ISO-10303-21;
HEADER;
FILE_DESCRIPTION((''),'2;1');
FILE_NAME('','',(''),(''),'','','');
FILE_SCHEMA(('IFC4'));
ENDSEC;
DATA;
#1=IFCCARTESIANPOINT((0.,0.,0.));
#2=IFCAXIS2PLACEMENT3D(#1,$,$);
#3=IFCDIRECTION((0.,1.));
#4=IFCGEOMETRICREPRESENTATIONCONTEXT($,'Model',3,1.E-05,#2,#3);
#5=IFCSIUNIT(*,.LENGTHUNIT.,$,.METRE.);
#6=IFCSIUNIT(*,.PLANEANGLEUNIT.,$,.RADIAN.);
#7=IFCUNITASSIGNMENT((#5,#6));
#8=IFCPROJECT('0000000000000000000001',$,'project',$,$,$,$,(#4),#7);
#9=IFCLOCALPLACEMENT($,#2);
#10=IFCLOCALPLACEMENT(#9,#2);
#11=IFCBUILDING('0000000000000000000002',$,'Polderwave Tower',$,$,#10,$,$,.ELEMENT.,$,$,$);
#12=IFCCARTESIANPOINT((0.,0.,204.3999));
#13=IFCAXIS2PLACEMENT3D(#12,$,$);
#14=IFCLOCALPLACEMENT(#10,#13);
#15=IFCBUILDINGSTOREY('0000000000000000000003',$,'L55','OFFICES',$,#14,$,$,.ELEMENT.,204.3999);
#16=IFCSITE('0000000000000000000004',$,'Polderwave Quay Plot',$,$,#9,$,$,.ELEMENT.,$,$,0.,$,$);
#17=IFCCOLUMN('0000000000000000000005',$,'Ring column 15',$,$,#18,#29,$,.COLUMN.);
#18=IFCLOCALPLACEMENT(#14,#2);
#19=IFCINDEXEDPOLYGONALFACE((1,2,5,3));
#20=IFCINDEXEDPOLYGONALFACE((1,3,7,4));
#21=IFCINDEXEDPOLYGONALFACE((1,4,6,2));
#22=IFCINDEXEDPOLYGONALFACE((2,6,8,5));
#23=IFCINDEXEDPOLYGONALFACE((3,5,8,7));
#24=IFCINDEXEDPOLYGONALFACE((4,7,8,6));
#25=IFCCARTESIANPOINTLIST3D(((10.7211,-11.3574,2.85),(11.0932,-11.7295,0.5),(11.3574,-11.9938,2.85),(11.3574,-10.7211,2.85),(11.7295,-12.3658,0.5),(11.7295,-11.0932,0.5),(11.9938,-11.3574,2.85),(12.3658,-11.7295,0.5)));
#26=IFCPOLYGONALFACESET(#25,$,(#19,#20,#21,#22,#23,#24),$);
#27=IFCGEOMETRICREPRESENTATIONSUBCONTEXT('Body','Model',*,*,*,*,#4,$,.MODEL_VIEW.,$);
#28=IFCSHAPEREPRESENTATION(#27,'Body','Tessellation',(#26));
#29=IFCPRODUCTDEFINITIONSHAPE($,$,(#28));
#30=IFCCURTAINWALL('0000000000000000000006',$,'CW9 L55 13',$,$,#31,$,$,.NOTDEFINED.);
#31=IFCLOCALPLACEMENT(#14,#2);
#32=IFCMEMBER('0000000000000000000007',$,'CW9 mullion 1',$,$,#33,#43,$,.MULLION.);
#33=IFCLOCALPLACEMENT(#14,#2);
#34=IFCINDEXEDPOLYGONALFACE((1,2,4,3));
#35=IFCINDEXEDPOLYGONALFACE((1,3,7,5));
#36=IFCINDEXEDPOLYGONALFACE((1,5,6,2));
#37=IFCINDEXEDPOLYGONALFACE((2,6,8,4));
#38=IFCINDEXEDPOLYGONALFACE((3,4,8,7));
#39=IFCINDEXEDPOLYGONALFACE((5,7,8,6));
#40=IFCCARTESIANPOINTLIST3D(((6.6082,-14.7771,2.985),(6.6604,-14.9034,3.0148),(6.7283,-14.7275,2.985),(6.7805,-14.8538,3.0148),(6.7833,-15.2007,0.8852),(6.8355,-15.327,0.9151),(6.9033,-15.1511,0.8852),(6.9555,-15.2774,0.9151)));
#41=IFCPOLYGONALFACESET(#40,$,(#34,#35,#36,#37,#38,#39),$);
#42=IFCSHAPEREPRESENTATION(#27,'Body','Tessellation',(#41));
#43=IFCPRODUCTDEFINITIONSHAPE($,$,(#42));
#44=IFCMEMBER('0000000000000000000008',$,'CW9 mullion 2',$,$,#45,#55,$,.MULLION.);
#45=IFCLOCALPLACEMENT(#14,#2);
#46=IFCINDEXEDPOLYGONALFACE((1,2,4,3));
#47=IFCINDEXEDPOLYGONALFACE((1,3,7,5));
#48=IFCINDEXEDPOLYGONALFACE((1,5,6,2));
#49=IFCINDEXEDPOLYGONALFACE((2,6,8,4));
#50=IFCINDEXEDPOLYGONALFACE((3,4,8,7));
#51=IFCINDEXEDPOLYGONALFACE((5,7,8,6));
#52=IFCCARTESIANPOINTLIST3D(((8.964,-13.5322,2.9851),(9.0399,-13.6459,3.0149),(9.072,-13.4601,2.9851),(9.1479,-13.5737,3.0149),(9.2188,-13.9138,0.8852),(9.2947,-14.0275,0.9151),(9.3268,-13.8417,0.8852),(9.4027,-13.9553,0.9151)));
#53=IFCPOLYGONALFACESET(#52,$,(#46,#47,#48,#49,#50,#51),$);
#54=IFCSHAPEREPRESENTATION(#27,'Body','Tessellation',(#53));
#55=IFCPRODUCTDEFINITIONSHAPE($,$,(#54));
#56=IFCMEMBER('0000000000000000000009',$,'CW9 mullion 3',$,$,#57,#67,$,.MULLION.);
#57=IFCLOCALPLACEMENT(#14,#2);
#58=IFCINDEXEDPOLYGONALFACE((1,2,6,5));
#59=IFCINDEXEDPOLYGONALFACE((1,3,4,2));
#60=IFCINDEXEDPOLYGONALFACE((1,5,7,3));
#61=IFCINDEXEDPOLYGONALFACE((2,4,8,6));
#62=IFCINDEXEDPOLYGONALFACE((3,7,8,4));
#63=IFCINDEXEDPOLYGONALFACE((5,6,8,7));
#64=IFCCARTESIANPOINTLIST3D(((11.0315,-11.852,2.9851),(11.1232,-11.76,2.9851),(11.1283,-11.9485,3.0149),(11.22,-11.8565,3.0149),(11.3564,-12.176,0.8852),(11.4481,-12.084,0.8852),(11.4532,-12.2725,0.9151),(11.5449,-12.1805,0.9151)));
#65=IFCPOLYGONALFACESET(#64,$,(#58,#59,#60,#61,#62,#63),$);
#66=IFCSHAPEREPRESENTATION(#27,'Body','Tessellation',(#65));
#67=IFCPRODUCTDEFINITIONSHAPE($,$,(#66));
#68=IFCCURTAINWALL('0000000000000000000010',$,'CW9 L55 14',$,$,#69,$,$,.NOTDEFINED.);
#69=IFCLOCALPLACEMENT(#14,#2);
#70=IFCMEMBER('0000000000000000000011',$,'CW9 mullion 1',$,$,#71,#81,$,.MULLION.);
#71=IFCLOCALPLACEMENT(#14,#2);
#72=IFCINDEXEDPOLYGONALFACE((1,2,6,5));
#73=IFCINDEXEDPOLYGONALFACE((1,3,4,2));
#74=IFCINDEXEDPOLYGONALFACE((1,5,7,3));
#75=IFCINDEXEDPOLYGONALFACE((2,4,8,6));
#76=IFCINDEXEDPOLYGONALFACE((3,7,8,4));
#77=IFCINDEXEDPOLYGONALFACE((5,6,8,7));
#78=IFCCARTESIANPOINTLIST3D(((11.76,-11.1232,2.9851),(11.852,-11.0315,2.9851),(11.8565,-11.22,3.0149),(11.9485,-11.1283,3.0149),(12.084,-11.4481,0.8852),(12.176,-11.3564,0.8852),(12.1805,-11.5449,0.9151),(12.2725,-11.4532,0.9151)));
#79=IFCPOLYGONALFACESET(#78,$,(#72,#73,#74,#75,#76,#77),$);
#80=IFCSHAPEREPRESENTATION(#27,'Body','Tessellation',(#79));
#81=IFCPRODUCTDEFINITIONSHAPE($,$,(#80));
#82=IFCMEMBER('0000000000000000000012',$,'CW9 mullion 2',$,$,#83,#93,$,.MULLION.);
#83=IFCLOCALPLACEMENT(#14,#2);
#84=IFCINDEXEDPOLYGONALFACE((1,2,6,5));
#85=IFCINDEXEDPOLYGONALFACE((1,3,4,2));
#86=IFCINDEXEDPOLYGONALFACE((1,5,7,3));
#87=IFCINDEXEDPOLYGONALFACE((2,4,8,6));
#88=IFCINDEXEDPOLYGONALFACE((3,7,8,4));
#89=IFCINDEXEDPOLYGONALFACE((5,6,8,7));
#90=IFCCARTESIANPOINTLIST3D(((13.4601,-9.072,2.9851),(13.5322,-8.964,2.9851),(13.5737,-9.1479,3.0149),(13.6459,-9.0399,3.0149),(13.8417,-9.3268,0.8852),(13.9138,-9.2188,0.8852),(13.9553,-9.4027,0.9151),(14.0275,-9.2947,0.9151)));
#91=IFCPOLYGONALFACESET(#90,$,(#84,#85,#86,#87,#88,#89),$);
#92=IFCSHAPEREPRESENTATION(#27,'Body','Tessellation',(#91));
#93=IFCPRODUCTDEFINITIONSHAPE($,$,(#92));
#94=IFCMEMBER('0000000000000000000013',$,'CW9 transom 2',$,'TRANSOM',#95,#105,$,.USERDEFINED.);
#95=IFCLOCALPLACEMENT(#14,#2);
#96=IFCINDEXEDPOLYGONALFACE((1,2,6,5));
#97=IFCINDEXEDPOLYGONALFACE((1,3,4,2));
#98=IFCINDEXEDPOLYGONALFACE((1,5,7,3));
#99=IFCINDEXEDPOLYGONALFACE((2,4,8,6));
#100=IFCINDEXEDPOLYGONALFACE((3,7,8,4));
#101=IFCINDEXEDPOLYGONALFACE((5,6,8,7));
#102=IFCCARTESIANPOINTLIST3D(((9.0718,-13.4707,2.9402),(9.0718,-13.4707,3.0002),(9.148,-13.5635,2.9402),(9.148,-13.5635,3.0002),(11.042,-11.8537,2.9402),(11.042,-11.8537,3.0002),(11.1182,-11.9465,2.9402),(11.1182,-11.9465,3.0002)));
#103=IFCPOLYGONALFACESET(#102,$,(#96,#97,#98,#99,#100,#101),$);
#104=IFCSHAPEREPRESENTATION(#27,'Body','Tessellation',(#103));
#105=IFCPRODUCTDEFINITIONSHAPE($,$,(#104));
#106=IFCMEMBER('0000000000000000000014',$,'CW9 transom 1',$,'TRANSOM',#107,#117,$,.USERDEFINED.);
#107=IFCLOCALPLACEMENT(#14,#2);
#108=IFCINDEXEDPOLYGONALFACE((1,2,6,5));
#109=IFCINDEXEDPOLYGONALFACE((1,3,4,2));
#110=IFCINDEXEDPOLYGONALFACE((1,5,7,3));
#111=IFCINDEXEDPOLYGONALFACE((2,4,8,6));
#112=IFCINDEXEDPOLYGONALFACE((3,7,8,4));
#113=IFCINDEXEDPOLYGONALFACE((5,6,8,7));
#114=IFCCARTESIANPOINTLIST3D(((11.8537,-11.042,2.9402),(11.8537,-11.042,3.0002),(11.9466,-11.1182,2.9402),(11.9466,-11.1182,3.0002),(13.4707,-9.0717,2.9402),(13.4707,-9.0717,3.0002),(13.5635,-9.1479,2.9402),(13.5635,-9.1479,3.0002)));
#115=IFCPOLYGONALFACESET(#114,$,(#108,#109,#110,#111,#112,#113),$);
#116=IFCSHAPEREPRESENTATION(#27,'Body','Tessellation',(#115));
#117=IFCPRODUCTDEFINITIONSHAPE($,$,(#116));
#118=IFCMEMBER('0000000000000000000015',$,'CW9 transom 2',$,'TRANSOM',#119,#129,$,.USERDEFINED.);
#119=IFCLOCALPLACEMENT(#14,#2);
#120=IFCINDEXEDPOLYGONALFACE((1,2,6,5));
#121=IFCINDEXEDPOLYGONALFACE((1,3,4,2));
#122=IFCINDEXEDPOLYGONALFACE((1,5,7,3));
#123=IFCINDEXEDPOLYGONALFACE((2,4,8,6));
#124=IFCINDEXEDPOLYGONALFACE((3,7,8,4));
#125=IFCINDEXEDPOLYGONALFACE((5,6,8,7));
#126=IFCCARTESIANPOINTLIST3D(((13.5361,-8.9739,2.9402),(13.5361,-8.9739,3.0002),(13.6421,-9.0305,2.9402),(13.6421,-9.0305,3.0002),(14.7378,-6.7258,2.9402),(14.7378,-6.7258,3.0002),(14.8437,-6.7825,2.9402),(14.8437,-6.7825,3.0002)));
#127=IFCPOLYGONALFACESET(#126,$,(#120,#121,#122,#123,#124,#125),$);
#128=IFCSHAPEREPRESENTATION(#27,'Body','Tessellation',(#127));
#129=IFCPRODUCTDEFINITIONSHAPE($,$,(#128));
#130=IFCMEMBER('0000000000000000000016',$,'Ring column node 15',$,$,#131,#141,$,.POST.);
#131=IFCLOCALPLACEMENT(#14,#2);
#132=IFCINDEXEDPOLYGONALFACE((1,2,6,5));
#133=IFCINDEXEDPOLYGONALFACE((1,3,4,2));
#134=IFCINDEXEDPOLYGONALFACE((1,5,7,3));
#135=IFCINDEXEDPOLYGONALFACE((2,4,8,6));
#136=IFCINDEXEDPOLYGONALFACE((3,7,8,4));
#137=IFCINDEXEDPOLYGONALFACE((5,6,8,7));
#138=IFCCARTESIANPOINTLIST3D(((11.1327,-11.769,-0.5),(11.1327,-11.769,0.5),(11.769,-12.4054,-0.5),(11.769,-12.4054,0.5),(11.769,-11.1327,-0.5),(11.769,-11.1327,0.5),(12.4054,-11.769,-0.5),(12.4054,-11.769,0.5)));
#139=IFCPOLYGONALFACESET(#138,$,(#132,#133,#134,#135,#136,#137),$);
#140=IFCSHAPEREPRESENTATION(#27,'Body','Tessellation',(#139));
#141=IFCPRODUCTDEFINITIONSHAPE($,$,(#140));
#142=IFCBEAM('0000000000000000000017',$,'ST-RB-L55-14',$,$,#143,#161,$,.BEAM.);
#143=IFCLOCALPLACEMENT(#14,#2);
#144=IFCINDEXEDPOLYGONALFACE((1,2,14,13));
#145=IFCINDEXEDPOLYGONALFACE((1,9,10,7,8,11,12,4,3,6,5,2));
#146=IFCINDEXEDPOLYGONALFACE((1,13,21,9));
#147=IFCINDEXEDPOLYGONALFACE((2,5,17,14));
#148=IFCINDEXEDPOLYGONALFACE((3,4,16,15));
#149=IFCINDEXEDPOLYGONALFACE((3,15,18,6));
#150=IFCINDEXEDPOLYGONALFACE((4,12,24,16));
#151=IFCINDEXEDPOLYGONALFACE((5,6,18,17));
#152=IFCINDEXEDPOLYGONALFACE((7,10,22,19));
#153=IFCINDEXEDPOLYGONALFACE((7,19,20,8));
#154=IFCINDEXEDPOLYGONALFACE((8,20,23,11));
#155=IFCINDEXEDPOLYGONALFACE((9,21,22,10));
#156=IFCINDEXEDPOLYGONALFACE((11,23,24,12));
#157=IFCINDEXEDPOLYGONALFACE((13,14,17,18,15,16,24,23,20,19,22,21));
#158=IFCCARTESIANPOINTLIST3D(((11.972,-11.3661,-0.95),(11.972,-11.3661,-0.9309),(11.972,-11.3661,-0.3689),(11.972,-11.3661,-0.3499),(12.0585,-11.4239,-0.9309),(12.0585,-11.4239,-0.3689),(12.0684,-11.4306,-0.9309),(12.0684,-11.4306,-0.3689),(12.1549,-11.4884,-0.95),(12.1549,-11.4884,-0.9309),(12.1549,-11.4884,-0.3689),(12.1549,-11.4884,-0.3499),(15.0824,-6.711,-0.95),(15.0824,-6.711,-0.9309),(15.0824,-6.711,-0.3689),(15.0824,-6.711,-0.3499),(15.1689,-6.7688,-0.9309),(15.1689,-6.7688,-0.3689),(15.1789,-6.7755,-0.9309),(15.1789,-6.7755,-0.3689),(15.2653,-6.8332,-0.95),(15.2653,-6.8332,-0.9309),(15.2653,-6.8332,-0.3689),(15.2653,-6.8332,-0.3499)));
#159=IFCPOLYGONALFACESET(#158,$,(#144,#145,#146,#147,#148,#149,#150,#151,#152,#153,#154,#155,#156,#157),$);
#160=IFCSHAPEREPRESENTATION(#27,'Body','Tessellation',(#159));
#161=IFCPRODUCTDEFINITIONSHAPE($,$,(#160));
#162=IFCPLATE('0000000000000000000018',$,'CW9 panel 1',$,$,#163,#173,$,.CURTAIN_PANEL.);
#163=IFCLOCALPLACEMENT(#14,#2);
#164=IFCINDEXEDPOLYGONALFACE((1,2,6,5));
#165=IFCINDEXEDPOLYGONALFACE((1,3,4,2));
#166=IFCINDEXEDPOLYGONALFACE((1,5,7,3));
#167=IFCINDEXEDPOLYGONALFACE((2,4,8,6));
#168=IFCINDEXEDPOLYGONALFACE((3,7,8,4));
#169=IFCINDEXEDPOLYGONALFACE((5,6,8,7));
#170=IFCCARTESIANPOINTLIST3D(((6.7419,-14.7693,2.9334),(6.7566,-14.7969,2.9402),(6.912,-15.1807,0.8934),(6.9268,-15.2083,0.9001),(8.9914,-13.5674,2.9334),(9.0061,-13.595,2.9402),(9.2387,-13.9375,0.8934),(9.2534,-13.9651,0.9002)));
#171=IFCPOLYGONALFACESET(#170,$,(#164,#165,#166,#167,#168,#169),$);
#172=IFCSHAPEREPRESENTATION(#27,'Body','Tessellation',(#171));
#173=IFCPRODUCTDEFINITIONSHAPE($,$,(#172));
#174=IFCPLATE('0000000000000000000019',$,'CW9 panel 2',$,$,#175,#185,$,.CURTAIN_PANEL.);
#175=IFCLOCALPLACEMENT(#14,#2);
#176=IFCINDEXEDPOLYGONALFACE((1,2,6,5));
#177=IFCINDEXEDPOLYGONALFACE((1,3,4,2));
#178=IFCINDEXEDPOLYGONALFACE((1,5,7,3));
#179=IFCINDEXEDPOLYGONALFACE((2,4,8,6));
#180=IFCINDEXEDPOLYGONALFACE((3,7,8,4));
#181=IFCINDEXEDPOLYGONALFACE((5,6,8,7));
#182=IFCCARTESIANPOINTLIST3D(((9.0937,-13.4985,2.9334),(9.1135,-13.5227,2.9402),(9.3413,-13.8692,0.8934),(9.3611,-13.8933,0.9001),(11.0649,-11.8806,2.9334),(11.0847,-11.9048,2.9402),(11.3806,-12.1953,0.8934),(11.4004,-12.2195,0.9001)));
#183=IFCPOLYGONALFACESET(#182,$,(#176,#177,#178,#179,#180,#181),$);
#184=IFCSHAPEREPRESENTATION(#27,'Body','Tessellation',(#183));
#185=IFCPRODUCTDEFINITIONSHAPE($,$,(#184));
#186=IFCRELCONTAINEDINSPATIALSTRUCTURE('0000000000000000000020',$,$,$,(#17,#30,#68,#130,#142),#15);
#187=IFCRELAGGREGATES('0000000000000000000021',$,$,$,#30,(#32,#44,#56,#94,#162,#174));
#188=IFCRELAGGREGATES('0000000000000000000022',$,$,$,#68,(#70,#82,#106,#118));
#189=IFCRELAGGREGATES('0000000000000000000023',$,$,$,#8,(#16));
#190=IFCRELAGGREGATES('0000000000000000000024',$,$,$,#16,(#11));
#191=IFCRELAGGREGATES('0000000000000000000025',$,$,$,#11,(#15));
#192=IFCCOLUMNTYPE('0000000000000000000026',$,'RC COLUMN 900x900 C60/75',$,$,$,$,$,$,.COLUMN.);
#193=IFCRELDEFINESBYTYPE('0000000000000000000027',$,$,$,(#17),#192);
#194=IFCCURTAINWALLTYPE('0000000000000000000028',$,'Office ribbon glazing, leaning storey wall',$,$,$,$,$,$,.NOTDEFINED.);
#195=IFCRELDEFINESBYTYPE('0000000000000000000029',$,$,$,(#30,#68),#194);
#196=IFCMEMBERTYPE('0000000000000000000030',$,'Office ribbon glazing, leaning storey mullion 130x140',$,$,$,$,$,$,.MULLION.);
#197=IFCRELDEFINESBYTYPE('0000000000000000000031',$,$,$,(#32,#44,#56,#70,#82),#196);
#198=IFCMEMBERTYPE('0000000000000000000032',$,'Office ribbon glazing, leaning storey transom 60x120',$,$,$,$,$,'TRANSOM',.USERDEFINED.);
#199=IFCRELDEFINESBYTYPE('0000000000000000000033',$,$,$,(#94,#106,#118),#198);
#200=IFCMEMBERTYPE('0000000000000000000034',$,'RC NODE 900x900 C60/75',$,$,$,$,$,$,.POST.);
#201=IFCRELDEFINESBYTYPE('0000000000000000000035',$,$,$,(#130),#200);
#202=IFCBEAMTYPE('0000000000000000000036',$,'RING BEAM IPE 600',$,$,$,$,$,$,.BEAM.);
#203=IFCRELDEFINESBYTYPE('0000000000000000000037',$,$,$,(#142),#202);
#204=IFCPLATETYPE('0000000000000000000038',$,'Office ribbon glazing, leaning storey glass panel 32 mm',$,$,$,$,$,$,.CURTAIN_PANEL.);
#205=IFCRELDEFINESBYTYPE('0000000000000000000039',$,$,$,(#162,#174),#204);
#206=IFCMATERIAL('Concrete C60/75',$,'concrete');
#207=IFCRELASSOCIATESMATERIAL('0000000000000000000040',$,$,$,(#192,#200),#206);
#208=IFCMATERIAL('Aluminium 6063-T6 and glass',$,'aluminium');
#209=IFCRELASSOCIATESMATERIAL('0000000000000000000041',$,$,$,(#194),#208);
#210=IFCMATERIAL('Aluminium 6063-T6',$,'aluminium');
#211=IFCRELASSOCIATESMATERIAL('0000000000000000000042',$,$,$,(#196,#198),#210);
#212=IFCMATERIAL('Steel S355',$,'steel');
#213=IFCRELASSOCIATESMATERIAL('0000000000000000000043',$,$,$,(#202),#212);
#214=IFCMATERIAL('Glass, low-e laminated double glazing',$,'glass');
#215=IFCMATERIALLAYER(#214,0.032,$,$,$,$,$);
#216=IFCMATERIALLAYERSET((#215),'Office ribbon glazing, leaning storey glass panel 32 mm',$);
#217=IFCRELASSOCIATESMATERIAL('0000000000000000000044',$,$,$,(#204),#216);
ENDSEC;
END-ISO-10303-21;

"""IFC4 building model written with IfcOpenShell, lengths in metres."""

from ifc_helpers import new_model, si_unit, direction, frame, origin, origin_2d, place, context, subcontext, project, spatial, polyline, rectangle, i_section, outline, extrude, material, layer, layer_set, material_profile, profile_set, type_object, element, aggregate, save


model = new_model("IFC4")

# Units and contexts
model_context = context("Model", 3, precision=1e-05, world=origin(), true_north=direction((0.0, 1.0)))
body_context = subcontext(model_context, "Body", "Model", "MODEL_VIEW")
ifc_project = project(units=[si_unit("LENGTHUNIT", "METRE"), si_unit("PLANEANGLEUNIT", "RADIAN")], contexts=[model_context])

# Site, building, storey
site_placement = place(None, origin())
site = spatial("IfcSite", under=ifc_project, at=site_placement, Name="Polderwave Quay Plot", CompositionType="ELEMENT", RefElevation=0.0)
building_placement = place(site_placement, origin())
building = spatial("IfcBuilding", under=site, at=building_placement, Name="Polderwave Tower", CompositionType="ELEMENT")
storey_placement = place(building_placement, frame((0.0, 0.0, 204.3999)))
storey = spatial("IfcBuildingStorey", under=building, at=storey_placement, Name="L55", Description="OFFICES", CompositionType="ELEMENT", Elevation=204.3999)

# Column
ifc_material_1 = material(Name="Concrete C60/75", Category="concrete")
ifc_material_profile_1 = material_profile(ifc_material_1, rectangle(XDim=0.8999, YDim=0.8999, at=origin_2d()), Name="RC 900x900")
ifc_profile_set_1 = profile_set([ifc_material_profile_1], Name="Concrete C60/75")
column_type = type_object("IfcColumnType", Name="RC COLUMN 900x900 C60/75", PredefinedType="COLUMN", material=ifc_profile_set_1)
column_placement = place(storey_placement, frame((11.7295, -11.7295, 0.5), z_axis=(0.0, 0.0, 1.0), x_axis=(-0.707107, -0.707107, 0.0)))
element("IfcColumn", 1, at=column_placement, inside=storey, type_object=column_type, Name="Ring column 15", PredefinedType="COLUMN", context=body_context, shape_type="SweptSolid", body=[
    extrude(rectangle(XDim=0.8999, YDim=0.8999, at=origin_2d()), origin(), (0.0, -0.21849, 0.975839), 2.4082),
])

# Curtain walls, members
ifc_material_2 = material(Name="Aluminium 6063-T6 and glass", Category="aluminium")
curtain_wall_type = type_object("IfcCurtainWallType", Name="Office ribbon glazing, leaning storey wall", PredefinedType="NOTDEFINED", material=ifc_material_2)
curtain_wall_1_placement = place(storey_placement, origin())
curtain_wall_1 = element("IfcCurtainWall", 2, at=curtain_wall_1_placement, inside=storey, type_object=curtain_wall_type, Name="CW9 L55 13", PredefinedType="NOTDEFINED")
ifc_material_3 = material(Name="Aluminium 6063-T6", Category="aluminium")
ifc_material_profile_2 = material_profile(ifc_material_3, rectangle(XDim=0.1299, YDim=0.1399, at=origin_2d()), Name="AL 130x140")
ifc_profile_set_2 = profile_set([ifc_material_profile_2], Name="Aluminium 6063-T6")
member_type_1 = type_object("IfcMemberType", Name="Office ribbon glazing, leaning storey mullion 130x140", PredefinedType="MULLION", material=ifc_profile_set_2)
member_1_placement = place(storey_placement, frame((6.8694, -15.239, 0.9001), z_axis=(-0.081445, 0.197081, 0.976998), x_axis=(-0.924192, -0.381928, 0.0)))
member_1 = element("IfcMember", 3, at=member_1_placement, type_object=member_type_1, Name="CW9 mullion 1", PredefinedType="MULLION", context=body_context, shape_type="SweptSolid", body=[
    extrude(rectangle(XDim=0.1299, YDim=0.1399, at=origin_2d()), origin(), (0.0, 0.0, 1.0), 2.1492),
])
member_2_placement = place(storey_placement, frame((9.3108, -13.9346, 0.9001), z_axis=(-0.118583, 0.177533, 0.976944), x_axis=(-0.831559, -0.555437, 0.0)))
member_2 = element("IfcMember", 4, at=member_2_placement, type_object=member_type_1, Name="CW9 mullion 2", PredefinedType="MULLION", context=body_context, shape_type="SweptSolid", body=[
    extrude(rectangle(XDim=0.1299, YDim=0.1399, at=origin_2d()), origin(), (0.0, 0.0, 1.0), 2.1494),
])
member_3_placement = place(storey_placement, frame((11.4507, -12.1782, 0.9001), z_axis=(-0.151182, 0.150728, 0.976947), x_axis=(-0.706042, -0.70817, 0.0)))
member_3 = element("IfcMember", 5, at=member_3_placement, type_object=member_type_1, Name="CW9 mullion 3", PredefinedType="MULLION", context=body_context, shape_type="SweptSolid", body=[
    extrude(rectangle(XDim=0.1299, YDim=0.1399, at=origin_2d()), origin(), (0.0, 0.0, 1.0), 2.1494),
])
curtain_wall_2_placement = place(storey_placement, origin())
curtain_wall_2 = element("IfcCurtainWall", 6, at=curtain_wall_2_placement, inside=storey, type_object=curtain_wall_type, Name="CW9 L55 14", PredefinedType="NOTDEFINED")
member_4_placement = place(storey_placement, frame((12.1782, -11.4507, 0.9001), z_axis=(-0.150728, 0.151182, 0.976947), x_axis=(-0.70817, -0.706042, 0.0)))
member_4 = element("IfcMember", 7, at=member_4_placement, type_object=member_type_1, Name="CW9 mullion 1", PredefinedType="MULLION", context=body_context, shape_type="SweptSolid", body=[
    extrude(rectangle(XDim=0.1299, YDim=0.1399, at=origin_2d()), origin(), (0.0, 0.0, 1.0), 2.1494),
])
member_5_placement = place(storey_placement, frame((13.9346, -9.3108, 0.9001), z_axis=(-0.177533, 0.118583, 0.976944), x_axis=(-0.555437, -0.831559, 0.0)))
member_5 = element("IfcMember", 8, at=member_5_placement, type_object=member_type_1, Name="CW9 mullion 2", PredefinedType="MULLION", context=body_context, shape_type="SweptSolid", body=[
    extrude(rectangle(XDim=0.1299, YDim=0.1399, at=origin_2d()), origin(), (0.0, 0.0, 1.0), 2.1494),
])

# Members
ifc_material_profile_3 = material_profile(ifc_material_3, rectangle(XDim=0.1201, YDim=0.0601, at=origin_2d()), Name="AL 60x120")
ifc_profile_set_3 = profile_set([ifc_material_profile_3], Name="Aluminium 6063-T6")
member_type_2 = type_object("IfcMemberType", Name="Office ribbon glazing, leaning storey transom 60x120", ElementType="TRANSOM", PredefinedType="USERDEFINED", material=ifc_profile_set_3)
member_6_placement = place(storey_placement, frame((9.1099, -13.5171, 2.9702), z_axis=(0.773005, 0.6344, 0.0), x_axis=(-0.6344, 0.773005, 0.0)))
member_6 = element("IfcMember", 9, at=member_6_placement, type_object=member_type_2, Name="CW9 transom 2", ObjectType="TRANSOM", PredefinedType="USERDEFINED", context=body_context, shape_type="SweptSolid", body=[
    extrude(rectangle(XDim=0.1201, YDim=0.0601, at=origin_2d()), origin(), (0.0, 0.0, 1.0), 2.5488),
])
member_7_placement = place(storey_placement, frame((11.9001, -11.0801, 2.9702), z_axis=(0.6344, 0.773005, 0.0), x_axis=(-0.773005, 0.6344, 0.0)))
member_7 = element("IfcMember", 10, at=member_7_placement, type_object=member_type_2, Name="CW9 transom 1", ObjectType="TRANSOM", PredefinedType="USERDEFINED", context=body_context, shape_type="SweptSolid", body=[
    extrude(rectangle(XDim=0.1201, YDim=0.0601, at=origin_2d()), origin(), (0.0, 0.0, 1.0), 2.5488),
])
member_8_placement = place(storey_placement, frame((13.5891, -9.0022, 2.9702), z_axis=(0.471413, 0.881912, 0.0), x_axis=(-0.881912, 0.471413, 0.0)))
member_8 = element("IfcMember", 11, at=member_8_placement, type_object=member_type_2, Name="CW9 transom 2", ObjectType="TRANSOM", PredefinedType="USERDEFINED", context=body_context, shape_type="SweptSolid", body=[
    extrude(rectangle(XDim=0.1201, YDim=0.0601, at=origin_2d()), origin(), (0.0, 0.0, 1.0), 2.5491),
])
ifc_material_profile_4 = material_profile(ifc_material_1, rectangle(XDim=0.8999, YDim=0.8999, at=origin_2d()), Name="RC 900x900")
ifc_profile_set_4 = profile_set([ifc_material_profile_4], Name="Concrete C60/75")
member_type_3 = type_object("IfcMemberType", Name="RC NODE 900x900 C60/75", PredefinedType="POST", material=ifc_profile_set_4)
member_9_placement = place(storey_placement, frame((11.769, -11.769, -0.5), z_axis=(0.0, 0.0, 1.0), x_axis=(0.707107, -0.707107, 0.0)))
element("IfcMember", 12, at=member_9_placement, inside=storey, type_object=member_type_3, Name="Ring column node 15", PredefinedType="POST", context=body_context, shape_type="SweptSolid", body=[
    extrude(rectangle(XDim=0.8999, YDim=0.8999, at=origin_2d()), origin(), (0.0, 0.0, 1.0), 1.0),
])

# Beam
ifc_material_4 = material(Name="Steel S355", Category="steel")
ifc_material_profile_5 = material_profile(ifc_material_4, i_section(OverallWidth=0.22, OverallDepth=0.6001, WebThickness=0.012, FlangeThickness=0.019, at=origin_2d()), Name="IPE 600")
ifc_profile_set_5 = profile_set([ifc_material_profile_5], Name="Steel S355")
beam_type = type_object("IfcBeamType", Name="RING BEAM IPE 600", PredefinedType="BEAM", material=ifc_profile_set_5)
beam_placement = place(storey_placement, frame((12.0635, -11.4272, -0.6499), z_axis=(0.555565, 0.831473, 0.0), x_axis=(-0.831473, 0.555565, 0.0)))
element("IfcBeam", 13, at=beam_placement, inside=storey, type_object=beam_type, Name="ST-RB-L55-14", PredefinedType="BEAM", context=body_context, shape_type="SweptSolid", body=[
    extrude(i_section(OverallWidth=0.22, OverallDepth=0.6001, WebThickness=0.012, FlangeThickness=0.019, at=origin_2d()), origin(), (0.0, 0.0, 1.0), 5.5986),
])

# Plates
ifc_material_5 = material(Name="Glass, low-e laminated double glazing", Category="glass")
ifc_layer_1 = layer(ifc_material_5, 0.032)
ifc_layer_set_1 = layer_set([ifc_layer_1], Name="Office ribbon glazing, leaning storey glass panel 32 mm")
plate_type = type_object("IfcPlateType", Name="Office ribbon glazing, leaning storey glass panel 32 mm", PredefinedType="CURTAIN_PANEL", material=ifc_layer_set_1)
plate_1_placement = place(storey_placement, frame((6.9268, -15.2083, 0.9001), z_axis=(0.460522, -0.861909, 0.21221), x_axis=(0.881997, 0.471255, 0.000001)))
plate_1 = element("IfcPlate", 14, at=plate_1_placement, type_object=plate_type, Name="CW9 panel 1", PredefinedType="CURTAIN_PANEL", context=body_context, shape_type="SweptSolid", body=[
    extrude(outline(polyline([(0.0, 0.0), (2.638, 0.0), (2.5942, 2.0876), (0.0438, 2.0876), (0.0, 0.0)])), origin(), (0.0, 0.0, -1.0), 0.032),
])
plate_2_placement = place(storey_placement, frame((9.3611, -13.8933, 0.9001), z_axis=(0.619958, -0.755326, 0.212449), x_axis=(0.772971, 0.634441, 0.0)))
plate_2 = element("IfcPlate", 15, at=plate_2_placement, type_object=plate_type, Name="CW9 panel 2", PredefinedType="CURTAIN_PANEL", context=body_context, shape_type="SweptSolid", body=[
    extrude(outline(polyline([(0.0, 0.0), (2.6383, 0.0), (2.5939, 2.0877), (0.0438, 2.0877), (0.0, 0.0)])), origin(), (0.0, 0.0, -1.0), 0.032),
])
aggregate(curtain_wall_1, [member_1, member_2, member_3, member_6, plate_1, plate_2])
aggregate(curtain_wall_2, [member_4, member_5, member_7, member_8])

save(model, "model.ifc")
